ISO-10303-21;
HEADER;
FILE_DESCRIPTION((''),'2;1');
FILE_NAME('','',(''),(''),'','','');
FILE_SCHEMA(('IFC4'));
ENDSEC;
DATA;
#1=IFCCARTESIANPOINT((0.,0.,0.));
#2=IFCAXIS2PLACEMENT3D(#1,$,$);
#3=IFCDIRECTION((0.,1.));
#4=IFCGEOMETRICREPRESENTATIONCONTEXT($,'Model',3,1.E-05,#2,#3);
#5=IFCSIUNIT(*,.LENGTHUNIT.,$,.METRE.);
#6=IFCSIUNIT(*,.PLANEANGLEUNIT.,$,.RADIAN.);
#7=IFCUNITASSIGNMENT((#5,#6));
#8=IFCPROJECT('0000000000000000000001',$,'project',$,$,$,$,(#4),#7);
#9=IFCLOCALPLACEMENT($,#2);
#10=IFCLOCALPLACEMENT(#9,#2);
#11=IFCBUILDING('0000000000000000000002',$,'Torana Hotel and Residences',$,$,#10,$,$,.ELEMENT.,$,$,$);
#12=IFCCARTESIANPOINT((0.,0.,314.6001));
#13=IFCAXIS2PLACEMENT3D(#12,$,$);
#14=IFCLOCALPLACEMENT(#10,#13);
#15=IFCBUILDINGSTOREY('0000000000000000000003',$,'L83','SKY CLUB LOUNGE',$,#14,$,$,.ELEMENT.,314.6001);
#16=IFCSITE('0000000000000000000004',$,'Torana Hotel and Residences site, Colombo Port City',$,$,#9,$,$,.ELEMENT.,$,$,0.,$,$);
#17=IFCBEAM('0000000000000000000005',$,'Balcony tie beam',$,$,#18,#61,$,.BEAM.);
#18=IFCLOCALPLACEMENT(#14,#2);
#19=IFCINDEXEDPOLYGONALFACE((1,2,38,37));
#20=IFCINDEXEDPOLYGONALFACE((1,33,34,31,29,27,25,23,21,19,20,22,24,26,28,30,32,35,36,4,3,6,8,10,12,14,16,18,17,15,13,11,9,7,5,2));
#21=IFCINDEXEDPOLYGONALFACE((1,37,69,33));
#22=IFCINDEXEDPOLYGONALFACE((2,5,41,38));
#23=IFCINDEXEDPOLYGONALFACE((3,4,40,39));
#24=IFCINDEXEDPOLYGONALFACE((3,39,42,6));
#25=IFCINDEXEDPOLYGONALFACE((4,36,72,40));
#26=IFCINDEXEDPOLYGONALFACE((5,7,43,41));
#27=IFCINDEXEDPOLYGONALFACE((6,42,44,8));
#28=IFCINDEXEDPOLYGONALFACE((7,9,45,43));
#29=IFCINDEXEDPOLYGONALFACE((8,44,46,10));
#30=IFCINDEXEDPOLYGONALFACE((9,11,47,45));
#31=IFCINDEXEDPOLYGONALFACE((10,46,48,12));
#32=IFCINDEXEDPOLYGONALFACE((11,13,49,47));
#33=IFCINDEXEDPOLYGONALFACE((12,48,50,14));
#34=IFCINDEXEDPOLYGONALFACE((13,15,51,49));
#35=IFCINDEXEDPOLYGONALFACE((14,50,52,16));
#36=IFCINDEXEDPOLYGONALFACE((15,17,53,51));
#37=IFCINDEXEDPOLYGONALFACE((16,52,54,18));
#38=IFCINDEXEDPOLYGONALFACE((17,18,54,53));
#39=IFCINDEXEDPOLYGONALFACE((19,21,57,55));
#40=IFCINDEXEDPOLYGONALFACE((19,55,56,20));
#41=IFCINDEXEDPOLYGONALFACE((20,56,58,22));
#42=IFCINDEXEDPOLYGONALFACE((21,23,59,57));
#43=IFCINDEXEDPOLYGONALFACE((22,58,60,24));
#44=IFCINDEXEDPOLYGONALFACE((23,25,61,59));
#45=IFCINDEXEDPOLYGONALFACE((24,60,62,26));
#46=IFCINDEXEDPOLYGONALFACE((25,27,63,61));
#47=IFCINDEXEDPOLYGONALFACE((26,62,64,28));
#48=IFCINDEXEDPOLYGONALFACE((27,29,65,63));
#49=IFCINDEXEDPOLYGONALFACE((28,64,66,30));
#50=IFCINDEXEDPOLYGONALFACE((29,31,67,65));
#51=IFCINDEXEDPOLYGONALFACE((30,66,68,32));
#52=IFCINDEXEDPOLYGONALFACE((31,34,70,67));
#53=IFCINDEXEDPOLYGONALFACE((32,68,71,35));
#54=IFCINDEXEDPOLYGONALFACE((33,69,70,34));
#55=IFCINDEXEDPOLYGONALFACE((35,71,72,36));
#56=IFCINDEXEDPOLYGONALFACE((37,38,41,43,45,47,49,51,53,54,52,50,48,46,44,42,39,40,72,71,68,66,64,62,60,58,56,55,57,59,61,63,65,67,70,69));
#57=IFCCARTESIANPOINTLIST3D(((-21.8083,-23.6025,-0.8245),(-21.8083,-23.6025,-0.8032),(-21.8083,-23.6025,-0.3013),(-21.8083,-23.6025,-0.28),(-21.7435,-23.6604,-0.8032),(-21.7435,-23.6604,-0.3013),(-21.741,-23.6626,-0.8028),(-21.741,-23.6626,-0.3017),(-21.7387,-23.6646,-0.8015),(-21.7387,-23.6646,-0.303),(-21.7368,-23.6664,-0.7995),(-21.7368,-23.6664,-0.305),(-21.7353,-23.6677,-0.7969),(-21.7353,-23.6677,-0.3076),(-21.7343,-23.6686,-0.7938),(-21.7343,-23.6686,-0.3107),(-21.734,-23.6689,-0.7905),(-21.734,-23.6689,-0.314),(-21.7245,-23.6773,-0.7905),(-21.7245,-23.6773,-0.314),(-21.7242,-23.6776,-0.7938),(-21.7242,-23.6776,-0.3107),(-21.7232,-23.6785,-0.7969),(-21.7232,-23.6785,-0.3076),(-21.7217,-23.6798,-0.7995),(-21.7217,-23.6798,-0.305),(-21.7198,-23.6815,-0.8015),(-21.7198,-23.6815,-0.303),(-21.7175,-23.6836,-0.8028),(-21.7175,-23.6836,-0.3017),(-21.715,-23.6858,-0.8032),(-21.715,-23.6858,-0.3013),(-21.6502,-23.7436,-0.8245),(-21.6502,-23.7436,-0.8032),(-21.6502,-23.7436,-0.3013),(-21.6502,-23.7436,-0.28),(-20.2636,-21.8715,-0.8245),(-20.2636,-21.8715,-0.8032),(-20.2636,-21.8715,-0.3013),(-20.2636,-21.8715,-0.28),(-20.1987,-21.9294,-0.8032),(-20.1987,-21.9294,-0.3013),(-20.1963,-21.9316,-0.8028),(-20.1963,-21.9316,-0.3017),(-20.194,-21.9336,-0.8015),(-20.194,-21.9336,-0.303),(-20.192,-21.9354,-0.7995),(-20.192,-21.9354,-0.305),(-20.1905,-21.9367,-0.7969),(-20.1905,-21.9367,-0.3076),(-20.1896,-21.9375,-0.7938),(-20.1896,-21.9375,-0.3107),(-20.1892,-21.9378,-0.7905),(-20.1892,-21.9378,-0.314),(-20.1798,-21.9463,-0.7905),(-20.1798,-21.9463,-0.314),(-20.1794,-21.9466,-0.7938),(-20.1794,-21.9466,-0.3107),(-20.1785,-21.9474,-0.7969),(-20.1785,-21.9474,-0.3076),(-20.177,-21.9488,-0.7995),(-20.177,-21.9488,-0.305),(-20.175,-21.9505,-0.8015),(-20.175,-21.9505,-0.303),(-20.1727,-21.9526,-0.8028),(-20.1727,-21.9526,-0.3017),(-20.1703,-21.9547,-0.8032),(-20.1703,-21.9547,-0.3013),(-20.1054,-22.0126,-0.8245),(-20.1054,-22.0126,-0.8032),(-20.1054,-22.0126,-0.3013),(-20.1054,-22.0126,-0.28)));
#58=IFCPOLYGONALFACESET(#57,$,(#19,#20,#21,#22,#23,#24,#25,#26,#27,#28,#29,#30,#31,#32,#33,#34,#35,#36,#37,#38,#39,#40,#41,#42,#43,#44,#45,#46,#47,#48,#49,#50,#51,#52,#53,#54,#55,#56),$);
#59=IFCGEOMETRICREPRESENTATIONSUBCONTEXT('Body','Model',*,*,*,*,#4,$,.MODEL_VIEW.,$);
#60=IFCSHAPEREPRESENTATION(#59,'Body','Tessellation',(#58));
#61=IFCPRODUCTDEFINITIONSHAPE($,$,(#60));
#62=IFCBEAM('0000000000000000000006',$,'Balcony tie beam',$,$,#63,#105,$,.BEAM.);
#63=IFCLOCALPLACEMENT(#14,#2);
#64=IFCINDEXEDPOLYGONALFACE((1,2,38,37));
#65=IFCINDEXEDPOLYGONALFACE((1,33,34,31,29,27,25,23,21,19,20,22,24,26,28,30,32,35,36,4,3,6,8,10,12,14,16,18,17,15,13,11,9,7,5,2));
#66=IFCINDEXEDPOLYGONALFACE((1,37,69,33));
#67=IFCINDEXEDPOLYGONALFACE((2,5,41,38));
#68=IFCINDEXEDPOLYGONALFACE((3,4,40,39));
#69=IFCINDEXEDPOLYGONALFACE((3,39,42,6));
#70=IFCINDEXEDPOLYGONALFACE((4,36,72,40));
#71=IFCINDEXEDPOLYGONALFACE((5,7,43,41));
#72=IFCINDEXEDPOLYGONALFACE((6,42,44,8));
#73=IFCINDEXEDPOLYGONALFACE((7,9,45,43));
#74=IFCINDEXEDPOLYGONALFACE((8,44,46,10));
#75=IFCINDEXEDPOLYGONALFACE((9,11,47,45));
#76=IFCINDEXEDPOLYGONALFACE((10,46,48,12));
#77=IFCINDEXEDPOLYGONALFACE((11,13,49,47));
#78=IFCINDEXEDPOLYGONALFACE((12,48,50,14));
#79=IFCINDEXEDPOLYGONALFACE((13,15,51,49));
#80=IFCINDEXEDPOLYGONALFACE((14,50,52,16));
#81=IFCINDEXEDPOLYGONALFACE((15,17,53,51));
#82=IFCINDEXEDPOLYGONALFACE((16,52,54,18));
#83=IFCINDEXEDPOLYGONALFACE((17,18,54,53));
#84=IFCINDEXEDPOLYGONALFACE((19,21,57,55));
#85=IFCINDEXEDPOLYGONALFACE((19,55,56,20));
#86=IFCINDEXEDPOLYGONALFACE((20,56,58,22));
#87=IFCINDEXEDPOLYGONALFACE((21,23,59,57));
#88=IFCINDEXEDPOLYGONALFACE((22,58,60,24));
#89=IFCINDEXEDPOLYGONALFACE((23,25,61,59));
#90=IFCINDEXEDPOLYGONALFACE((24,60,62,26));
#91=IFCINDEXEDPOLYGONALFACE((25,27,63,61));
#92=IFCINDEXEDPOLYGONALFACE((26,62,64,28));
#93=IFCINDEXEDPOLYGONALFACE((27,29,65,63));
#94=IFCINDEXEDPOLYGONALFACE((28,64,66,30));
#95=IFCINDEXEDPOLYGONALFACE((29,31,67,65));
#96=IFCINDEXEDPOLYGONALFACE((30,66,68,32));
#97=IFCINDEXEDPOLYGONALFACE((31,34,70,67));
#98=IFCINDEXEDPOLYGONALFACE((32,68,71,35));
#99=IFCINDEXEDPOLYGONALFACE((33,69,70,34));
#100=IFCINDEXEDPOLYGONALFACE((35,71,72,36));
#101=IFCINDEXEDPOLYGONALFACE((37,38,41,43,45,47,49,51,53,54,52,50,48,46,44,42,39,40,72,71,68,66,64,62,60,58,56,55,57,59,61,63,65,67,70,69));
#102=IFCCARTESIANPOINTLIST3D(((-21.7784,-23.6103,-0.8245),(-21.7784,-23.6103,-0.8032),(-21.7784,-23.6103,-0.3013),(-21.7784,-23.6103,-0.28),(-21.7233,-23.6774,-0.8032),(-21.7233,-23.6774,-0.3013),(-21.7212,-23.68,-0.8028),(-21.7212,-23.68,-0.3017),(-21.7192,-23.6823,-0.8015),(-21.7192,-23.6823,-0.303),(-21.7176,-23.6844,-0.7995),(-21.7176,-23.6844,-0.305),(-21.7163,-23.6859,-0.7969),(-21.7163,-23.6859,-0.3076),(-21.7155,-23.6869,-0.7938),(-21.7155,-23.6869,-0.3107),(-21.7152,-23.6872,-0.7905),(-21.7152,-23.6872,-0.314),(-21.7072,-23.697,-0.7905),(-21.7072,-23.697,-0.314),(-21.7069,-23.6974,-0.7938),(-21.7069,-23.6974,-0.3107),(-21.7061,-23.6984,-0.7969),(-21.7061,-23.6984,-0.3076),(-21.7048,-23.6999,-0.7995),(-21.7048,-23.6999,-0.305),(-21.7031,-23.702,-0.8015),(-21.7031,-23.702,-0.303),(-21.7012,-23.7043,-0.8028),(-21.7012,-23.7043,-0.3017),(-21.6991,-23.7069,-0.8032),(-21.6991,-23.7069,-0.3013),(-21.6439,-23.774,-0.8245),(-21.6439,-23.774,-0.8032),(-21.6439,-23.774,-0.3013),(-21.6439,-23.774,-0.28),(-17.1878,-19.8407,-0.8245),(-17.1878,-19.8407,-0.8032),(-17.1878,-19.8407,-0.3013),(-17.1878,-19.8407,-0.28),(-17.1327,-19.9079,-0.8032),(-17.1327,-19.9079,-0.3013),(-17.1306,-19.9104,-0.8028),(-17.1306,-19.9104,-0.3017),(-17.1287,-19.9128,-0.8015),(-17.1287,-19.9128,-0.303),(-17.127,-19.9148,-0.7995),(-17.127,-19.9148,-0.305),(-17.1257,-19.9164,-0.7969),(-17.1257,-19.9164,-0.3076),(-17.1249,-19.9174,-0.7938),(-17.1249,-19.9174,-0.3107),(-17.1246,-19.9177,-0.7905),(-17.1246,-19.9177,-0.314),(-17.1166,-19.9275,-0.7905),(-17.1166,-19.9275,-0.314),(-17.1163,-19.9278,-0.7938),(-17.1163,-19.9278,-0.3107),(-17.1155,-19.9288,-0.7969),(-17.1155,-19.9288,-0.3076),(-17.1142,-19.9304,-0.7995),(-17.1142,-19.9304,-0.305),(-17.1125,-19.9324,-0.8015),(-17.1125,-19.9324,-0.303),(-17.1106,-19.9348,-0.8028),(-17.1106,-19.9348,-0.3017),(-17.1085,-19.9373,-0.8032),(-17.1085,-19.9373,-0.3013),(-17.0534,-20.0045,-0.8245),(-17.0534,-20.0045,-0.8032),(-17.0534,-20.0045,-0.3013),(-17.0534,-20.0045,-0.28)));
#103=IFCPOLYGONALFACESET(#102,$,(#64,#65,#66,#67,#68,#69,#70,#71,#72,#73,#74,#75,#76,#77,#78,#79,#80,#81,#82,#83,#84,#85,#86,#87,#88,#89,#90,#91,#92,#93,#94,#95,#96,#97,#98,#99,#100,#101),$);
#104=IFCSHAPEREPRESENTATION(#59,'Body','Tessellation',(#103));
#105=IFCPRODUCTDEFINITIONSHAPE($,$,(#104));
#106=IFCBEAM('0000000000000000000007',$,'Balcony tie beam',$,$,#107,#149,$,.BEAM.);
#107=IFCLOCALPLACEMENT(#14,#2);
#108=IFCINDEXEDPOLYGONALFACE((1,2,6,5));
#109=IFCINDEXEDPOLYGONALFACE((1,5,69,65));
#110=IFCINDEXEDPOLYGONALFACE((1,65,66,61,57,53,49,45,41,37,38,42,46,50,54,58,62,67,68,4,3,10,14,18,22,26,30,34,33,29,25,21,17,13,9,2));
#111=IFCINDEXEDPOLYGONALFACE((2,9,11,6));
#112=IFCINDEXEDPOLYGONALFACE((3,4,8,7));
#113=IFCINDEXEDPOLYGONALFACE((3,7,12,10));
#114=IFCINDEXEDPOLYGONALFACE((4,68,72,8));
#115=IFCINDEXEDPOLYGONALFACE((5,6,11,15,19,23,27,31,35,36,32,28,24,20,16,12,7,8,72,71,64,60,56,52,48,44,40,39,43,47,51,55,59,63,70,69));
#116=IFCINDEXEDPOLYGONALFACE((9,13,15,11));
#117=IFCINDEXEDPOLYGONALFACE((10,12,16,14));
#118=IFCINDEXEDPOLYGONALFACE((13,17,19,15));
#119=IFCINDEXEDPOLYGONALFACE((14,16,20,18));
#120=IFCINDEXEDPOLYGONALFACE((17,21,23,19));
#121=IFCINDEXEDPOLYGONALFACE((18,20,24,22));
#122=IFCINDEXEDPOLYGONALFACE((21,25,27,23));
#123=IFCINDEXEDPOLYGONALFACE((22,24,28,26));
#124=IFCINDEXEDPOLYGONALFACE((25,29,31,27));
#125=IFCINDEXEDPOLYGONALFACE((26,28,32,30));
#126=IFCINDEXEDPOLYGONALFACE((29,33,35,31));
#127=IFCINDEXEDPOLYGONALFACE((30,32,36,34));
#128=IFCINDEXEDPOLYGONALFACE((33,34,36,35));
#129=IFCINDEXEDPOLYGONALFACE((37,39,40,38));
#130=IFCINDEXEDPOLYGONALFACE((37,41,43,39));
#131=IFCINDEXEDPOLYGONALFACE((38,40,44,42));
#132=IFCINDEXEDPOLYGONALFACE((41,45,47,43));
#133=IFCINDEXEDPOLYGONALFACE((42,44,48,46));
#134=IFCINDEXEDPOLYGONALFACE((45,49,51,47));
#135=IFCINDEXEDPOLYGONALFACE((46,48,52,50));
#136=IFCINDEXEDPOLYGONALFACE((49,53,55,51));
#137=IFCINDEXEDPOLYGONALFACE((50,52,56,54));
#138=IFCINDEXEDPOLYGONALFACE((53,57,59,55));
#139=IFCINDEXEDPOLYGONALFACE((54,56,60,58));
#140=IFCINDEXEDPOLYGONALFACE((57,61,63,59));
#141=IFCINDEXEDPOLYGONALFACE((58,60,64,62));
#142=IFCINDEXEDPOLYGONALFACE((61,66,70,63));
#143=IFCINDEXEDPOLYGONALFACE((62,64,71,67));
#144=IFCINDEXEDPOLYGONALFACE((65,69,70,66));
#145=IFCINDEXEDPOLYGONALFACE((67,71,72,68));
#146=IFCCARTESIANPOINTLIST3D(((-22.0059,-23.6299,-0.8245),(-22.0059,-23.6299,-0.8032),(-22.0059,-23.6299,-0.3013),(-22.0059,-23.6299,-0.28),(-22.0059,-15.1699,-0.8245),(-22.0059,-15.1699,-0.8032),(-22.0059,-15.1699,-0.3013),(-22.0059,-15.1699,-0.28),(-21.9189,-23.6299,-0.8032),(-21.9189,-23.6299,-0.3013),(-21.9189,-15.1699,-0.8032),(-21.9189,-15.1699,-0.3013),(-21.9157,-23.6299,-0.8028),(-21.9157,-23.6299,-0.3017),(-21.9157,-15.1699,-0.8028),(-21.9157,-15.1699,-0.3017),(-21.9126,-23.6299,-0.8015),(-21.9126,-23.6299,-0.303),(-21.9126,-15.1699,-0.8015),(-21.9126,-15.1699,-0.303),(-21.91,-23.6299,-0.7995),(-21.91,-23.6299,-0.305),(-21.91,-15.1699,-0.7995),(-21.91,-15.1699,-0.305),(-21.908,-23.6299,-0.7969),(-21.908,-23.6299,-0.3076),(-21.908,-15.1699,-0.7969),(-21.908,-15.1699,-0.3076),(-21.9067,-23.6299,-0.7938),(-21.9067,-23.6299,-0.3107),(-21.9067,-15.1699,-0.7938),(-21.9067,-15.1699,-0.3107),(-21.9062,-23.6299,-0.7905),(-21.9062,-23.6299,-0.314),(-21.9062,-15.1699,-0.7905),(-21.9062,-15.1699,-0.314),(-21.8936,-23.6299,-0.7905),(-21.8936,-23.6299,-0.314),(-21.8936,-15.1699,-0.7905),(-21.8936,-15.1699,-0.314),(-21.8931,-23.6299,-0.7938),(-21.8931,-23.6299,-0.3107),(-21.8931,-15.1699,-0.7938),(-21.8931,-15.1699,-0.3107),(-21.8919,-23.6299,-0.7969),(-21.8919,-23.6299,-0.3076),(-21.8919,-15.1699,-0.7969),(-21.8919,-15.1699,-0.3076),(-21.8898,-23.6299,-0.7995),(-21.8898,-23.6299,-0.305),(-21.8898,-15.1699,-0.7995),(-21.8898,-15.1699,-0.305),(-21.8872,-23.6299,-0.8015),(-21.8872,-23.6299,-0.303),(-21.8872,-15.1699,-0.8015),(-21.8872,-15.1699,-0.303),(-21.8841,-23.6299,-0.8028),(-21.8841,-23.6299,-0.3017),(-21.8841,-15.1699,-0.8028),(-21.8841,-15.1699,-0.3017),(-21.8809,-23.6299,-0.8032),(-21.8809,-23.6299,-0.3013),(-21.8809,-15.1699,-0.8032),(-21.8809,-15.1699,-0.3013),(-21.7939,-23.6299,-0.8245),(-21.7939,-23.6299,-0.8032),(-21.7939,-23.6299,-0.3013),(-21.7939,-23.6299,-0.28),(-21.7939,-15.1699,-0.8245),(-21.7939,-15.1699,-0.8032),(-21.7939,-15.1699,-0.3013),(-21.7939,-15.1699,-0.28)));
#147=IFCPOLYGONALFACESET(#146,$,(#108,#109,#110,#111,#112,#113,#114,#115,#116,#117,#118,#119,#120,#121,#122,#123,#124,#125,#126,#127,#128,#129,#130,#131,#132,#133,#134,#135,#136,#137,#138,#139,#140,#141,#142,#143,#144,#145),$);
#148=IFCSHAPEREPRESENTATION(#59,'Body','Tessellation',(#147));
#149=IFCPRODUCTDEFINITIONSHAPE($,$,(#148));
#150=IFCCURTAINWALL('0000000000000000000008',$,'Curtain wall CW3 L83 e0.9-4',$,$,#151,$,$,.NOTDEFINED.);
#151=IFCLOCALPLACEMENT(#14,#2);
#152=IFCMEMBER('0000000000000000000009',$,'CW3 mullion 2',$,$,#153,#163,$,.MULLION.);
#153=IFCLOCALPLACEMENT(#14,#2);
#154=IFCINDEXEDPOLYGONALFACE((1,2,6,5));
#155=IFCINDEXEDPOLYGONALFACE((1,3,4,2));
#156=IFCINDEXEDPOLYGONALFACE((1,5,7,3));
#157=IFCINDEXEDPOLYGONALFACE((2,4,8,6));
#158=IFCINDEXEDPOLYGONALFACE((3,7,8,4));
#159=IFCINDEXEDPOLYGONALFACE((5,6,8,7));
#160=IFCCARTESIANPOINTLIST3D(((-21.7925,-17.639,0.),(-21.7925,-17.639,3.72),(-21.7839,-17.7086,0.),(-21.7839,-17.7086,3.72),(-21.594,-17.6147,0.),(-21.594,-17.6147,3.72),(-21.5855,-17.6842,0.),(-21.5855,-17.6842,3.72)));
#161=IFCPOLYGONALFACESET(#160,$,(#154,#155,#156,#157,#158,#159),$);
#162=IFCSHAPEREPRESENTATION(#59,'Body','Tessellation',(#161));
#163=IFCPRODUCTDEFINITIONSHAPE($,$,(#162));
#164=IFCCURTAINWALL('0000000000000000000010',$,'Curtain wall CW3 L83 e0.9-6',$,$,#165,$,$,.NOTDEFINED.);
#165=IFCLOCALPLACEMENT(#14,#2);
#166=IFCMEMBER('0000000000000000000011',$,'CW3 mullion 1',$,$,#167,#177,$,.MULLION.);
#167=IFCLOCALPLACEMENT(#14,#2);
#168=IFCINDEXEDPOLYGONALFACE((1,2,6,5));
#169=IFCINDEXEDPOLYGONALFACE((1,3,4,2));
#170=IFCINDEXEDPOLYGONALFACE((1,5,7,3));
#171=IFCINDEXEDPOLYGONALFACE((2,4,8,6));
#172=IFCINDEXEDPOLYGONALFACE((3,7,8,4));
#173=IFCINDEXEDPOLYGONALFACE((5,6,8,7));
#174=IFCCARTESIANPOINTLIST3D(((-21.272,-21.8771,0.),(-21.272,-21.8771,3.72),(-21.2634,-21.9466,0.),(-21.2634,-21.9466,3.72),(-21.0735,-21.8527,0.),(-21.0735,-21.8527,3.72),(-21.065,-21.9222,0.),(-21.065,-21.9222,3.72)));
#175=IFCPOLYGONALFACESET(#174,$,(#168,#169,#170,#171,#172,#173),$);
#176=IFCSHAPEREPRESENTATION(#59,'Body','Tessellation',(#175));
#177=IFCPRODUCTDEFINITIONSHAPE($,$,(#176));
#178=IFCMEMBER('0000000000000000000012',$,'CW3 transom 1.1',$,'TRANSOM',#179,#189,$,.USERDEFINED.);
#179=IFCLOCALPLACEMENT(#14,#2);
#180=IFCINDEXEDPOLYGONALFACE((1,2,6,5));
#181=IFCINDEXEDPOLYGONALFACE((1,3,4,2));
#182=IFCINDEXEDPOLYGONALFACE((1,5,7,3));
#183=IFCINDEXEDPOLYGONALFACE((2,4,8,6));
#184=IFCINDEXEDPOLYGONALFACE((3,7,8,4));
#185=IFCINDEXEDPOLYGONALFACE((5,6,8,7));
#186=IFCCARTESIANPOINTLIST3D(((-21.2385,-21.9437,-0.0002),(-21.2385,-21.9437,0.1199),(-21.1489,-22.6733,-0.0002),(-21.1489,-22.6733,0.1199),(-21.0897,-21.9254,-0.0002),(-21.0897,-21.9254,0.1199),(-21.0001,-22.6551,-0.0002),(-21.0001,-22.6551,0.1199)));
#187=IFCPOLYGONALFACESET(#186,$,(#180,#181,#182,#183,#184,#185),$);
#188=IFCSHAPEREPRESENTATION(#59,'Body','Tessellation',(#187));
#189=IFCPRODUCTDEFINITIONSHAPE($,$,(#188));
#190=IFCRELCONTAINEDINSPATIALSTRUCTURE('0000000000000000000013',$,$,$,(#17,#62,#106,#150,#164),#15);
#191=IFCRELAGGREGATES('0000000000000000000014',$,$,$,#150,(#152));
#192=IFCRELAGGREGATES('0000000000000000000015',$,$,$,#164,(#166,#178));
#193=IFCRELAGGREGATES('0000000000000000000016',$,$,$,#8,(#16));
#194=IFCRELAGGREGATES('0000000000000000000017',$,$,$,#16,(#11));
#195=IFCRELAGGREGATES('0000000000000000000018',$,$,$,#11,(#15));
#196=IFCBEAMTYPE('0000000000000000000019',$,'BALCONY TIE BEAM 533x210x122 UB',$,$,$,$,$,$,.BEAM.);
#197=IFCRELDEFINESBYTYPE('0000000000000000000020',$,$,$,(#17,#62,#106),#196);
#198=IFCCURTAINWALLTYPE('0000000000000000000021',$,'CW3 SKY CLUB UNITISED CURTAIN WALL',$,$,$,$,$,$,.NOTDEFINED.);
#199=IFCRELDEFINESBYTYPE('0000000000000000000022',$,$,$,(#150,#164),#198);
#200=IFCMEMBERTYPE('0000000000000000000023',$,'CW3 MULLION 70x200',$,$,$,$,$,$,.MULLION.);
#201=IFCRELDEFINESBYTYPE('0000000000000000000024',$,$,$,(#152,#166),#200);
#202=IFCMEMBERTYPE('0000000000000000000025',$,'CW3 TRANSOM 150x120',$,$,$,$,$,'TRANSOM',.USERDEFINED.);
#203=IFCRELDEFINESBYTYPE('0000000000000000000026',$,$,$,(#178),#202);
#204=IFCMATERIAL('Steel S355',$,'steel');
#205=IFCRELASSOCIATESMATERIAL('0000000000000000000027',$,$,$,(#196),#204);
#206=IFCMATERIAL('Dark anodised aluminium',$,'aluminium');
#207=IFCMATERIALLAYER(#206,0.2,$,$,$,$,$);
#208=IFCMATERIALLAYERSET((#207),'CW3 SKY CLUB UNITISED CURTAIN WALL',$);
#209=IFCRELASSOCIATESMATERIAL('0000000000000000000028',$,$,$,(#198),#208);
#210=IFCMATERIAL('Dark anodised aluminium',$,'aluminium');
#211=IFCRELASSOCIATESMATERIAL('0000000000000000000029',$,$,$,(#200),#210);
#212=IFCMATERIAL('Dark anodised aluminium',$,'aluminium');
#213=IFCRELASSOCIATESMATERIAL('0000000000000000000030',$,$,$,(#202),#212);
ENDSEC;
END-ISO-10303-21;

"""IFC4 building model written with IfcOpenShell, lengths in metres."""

from ifc_helpers import new_model, si_unit, direction, frame, origin, origin_2d, place, context, subcontext, project, spatial, rectangle, i_section, extrude, material, layer, layer_set, material_profile, profile_set, type_object, element, aggregate, save


model = new_model("IFC4")

# Units and contexts
model_context = context("Model", 3, precision=1e-05, world=origin(), true_north=direction((0.0, 1.0)))
body_context = subcontext(model_context, "Body", "Model", "MODEL_VIEW")
ifc_project = project(units=[si_unit("LENGTHUNIT", "METRE"), si_unit("PLANEANGLEUNIT", "RADIAN")], contexts=[model_context])

# Site, building, storey
site_placement = place(None, origin())
site = spatial("IfcSite", under=ifc_project, at=site_placement, Name="Torana Hotel and Residences site, Colombo Port City", CompositionType="ELEMENT", RefElevation=0.0)
building_placement = place(site_placement, origin())
building = spatial("IfcBuilding", under=site, at=building_placement, Name="Torana Hotel and Residences", CompositionType="ELEMENT")
storey_placement = place(building_placement, frame((0.0, 0.0, 314.6001)))
storey = spatial("IfcBuildingStorey", under=building, at=storey_placement, Name="L83", Description="SKY CLUB LOUNGE", CompositionType="ELEMENT", Elevation=314.6001)

# Beams
ifc_material_1 = material(Name="Steel S355", Category="steel")
ifc_material_profile_1 = material_profile(ifc_material_1, i_section(OverallWidth=0.2119, OverallDepth=0.5444, WebThickness=0.0127, FlangeThickness=0.0212, FilletRadius=0.0127, at=origin_2d()), Name="533x210x122 UB")
ifc_profile_set_1 = profile_set([ifc_material_profile_1], Name="Steel S355")
beam_type = type_object("IfcBeamType", Name="BALCONY TIE BEAM 533x210x122 UB", PredefinedType="BEAM", material=ifc_profile_set_1)
beam_1_placement = place(storey_placement, frame((-21.7292, -23.6731, -0.5522), z_axis=(0.665819, 0.746113, 0.0), x_axis=(-0.746113, 0.665819, 0.0)))
element("IfcBeam", 1, at=beam_1_placement, inside=storey, type_object=beam_type, Name="Balcony tie beam", PredefinedType="BEAM", context=body_context, shape_type="SweptSolid", body=[
    extrude(i_section(OverallWidth=0.2119, OverallDepth=0.5444, WebThickness=0.0127, FlangeThickness=0.0212, FilletRadius=0.0127, at=origin_2d()), origin(), (0.0, 0.0, 1.0), 2.3201),
])
beam_2_placement = place(storey_placement, frame((-21.7112, -23.6921, -0.5522), z_axis=(0.772834, 0.634609, 0.0), x_axis=(-0.634609, 0.772834, 0.0)))
element("IfcBeam", 2, at=beam_2_placement, inside=storey, type_object=beam_type, Name="Balcony tie beam", PredefinedType="BEAM", context=body_context, shape_type="SweptSolid", body=[
    extrude(i_section(OverallWidth=0.2119, OverallDepth=0.5444, WebThickness=0.0127, FlangeThickness=0.0212, FilletRadius=0.0127, at=origin_2d()), origin(), (0.0, 0.0, 1.0), 5.9399),
])
beam_3_placement = place(storey_placement, frame((-21.8999, -23.6299, -0.5522), z_axis=(0.0, 1.0, 0.0), x_axis=(-1.0, 0.0, 0.0)))
element("IfcBeam", 3, at=beam_3_placement, inside=storey, type_object=beam_type, Name="Balcony tie beam", PredefinedType="BEAM", context=body_context, shape_type="SweptSolid", body=[
    extrude(i_section(OverallWidth=0.2119, OverallDepth=0.5444, WebThickness=0.0127, FlangeThickness=0.0212, FilletRadius=0.0127, at=origin_2d()), origin(), (0.0, 0.0, 1.0), 8.46),
])

# Curtain wall, member
ifc_material_2 = material(Name="Dark anodised aluminium", Category="aluminium")
ifc_layer_1 = layer(ifc_material_2, 0.2)
ifc_layer_set_1 = layer_set([ifc_layer_1], Name="CW3 SKY CLUB UNITISED CURTAIN WALL")
curtain_wall_type = type_object("IfcCurtainWallType", Name="CW3 SKY CLUB UNITISED CURTAIN WALL", PredefinedType="NOTDEFINED", material=ifc_layer_set_1)
curtain_wall_1_placement = place(storey_placement, origin())
curtain_wall_1 = element("IfcCurtainWall", 4, at=curtain_wall_1_placement, inside=storey, type_object=curtain_wall_type, Name="Curtain wall CW3 L83 e0.9-4", PredefinedType="NOTDEFINED")
ifc_material_3 = material(Name="Dark anodised aluminium", Category="aluminium")
ifc_material_profile_2 = material_profile(ifc_material_3, rectangle(XDim=0.2, YDim=0.0701, at=origin_2d()), Name="CW3 MULLION 70x200")
ifc_profile_set_2 = profile_set([ifc_material_profile_2], Name="Dark anodised aluminium")
member_type_1 = type_object("IfcMemberType", Name="CW3 MULLION 70x200", PredefinedType="MULLION", material=ifc_profile_set_2)
member_1_placement = place(storey_placement, frame((-21.689, -17.6616, 0.0), z_axis=(0.0, 0.0, 1.0), x_axis=(0.992548, 0.121857, 0.0)))
member_1 = element("IfcMember", 5, at=member_1_placement, type_object=member_type_1, Name="CW3 mullion 2", PredefinedType="MULLION", context=body_context, shape_type="SweptSolid", body=[
    extrude(rectangle(XDim=0.2, YDim=0.0701, at=origin_2d()), origin(), (0.0, 0.0, 1.0), 3.72),
])

# Curtain wall, members
curtain_wall_2_placement = place(storey_placement, origin())
curtain_wall_2 = element("IfcCurtainWall", 6, at=curtain_wall_2_placement, inside=storey, type_object=curtain_wall_type, Name="Curtain wall CW3 L83 e0.9-6", PredefinedType="NOTDEFINED")
member_2_placement = place(storey_placement, frame((-21.1685, -21.8997, 0.0), z_axis=(0.0, 0.0, 1.0), x_axis=(0.992544, 0.121883, 0.0)))
member_2 = element("IfcMember", 7, at=member_2_placement, type_object=member_type_1, Name="CW3 mullion 1", PredefinedType="MULLION", context=body_context, shape_type="SweptSolid", body=[
    extrude(rectangle(XDim=0.2, YDim=0.0701, at=origin_2d()), origin(), (0.0, 0.0, 1.0), 3.72),
])
ifc_material_4 = material(Name="Dark anodised aluminium", Category="aluminium")
ifc_material_profile_3 = material_profile(ifc_material_4, rectangle(XDim=0.1499, YDim=0.1201, at=origin_2d()), Name="CW3 TRANSOM 150x120")
ifc_profile_set_3 = profile_set([ifc_material_profile_3], Name="Dark anodised aluminium")
member_type_2 = type_object("IfcMemberType", Name="CW3 TRANSOM 150x120", ElementType="TRANSOM", PredefinedType="USERDEFINED", material=ifc_profile_set_3)
member_3_placement = place(storey_placement, frame((-21.1641, -21.9346, 0.0598), z_axis=(0.121868, -0.992546, 0.0), x_axis=(0.992546, 0.121868, 0.0)))
member_3 = element("IfcMember", 8, at=member_3_placement, type_object=member_type_2, Name="CW3 transom 1.1", ObjectType="TRANSOM", PredefinedType="USERDEFINED", context=body_context, shape_type="SweptSolid", body=[
    extrude(rectangle(XDim=0.1499, YDim=0.1201, at=origin_2d()), origin(), (0.0, 0.0, 1.0), 0.7351),
])

aggregate(curtain_wall_1, [member_1])
aggregate(curtain_wall_2, [member_2, member_3])

save(model, "model.ifc")
